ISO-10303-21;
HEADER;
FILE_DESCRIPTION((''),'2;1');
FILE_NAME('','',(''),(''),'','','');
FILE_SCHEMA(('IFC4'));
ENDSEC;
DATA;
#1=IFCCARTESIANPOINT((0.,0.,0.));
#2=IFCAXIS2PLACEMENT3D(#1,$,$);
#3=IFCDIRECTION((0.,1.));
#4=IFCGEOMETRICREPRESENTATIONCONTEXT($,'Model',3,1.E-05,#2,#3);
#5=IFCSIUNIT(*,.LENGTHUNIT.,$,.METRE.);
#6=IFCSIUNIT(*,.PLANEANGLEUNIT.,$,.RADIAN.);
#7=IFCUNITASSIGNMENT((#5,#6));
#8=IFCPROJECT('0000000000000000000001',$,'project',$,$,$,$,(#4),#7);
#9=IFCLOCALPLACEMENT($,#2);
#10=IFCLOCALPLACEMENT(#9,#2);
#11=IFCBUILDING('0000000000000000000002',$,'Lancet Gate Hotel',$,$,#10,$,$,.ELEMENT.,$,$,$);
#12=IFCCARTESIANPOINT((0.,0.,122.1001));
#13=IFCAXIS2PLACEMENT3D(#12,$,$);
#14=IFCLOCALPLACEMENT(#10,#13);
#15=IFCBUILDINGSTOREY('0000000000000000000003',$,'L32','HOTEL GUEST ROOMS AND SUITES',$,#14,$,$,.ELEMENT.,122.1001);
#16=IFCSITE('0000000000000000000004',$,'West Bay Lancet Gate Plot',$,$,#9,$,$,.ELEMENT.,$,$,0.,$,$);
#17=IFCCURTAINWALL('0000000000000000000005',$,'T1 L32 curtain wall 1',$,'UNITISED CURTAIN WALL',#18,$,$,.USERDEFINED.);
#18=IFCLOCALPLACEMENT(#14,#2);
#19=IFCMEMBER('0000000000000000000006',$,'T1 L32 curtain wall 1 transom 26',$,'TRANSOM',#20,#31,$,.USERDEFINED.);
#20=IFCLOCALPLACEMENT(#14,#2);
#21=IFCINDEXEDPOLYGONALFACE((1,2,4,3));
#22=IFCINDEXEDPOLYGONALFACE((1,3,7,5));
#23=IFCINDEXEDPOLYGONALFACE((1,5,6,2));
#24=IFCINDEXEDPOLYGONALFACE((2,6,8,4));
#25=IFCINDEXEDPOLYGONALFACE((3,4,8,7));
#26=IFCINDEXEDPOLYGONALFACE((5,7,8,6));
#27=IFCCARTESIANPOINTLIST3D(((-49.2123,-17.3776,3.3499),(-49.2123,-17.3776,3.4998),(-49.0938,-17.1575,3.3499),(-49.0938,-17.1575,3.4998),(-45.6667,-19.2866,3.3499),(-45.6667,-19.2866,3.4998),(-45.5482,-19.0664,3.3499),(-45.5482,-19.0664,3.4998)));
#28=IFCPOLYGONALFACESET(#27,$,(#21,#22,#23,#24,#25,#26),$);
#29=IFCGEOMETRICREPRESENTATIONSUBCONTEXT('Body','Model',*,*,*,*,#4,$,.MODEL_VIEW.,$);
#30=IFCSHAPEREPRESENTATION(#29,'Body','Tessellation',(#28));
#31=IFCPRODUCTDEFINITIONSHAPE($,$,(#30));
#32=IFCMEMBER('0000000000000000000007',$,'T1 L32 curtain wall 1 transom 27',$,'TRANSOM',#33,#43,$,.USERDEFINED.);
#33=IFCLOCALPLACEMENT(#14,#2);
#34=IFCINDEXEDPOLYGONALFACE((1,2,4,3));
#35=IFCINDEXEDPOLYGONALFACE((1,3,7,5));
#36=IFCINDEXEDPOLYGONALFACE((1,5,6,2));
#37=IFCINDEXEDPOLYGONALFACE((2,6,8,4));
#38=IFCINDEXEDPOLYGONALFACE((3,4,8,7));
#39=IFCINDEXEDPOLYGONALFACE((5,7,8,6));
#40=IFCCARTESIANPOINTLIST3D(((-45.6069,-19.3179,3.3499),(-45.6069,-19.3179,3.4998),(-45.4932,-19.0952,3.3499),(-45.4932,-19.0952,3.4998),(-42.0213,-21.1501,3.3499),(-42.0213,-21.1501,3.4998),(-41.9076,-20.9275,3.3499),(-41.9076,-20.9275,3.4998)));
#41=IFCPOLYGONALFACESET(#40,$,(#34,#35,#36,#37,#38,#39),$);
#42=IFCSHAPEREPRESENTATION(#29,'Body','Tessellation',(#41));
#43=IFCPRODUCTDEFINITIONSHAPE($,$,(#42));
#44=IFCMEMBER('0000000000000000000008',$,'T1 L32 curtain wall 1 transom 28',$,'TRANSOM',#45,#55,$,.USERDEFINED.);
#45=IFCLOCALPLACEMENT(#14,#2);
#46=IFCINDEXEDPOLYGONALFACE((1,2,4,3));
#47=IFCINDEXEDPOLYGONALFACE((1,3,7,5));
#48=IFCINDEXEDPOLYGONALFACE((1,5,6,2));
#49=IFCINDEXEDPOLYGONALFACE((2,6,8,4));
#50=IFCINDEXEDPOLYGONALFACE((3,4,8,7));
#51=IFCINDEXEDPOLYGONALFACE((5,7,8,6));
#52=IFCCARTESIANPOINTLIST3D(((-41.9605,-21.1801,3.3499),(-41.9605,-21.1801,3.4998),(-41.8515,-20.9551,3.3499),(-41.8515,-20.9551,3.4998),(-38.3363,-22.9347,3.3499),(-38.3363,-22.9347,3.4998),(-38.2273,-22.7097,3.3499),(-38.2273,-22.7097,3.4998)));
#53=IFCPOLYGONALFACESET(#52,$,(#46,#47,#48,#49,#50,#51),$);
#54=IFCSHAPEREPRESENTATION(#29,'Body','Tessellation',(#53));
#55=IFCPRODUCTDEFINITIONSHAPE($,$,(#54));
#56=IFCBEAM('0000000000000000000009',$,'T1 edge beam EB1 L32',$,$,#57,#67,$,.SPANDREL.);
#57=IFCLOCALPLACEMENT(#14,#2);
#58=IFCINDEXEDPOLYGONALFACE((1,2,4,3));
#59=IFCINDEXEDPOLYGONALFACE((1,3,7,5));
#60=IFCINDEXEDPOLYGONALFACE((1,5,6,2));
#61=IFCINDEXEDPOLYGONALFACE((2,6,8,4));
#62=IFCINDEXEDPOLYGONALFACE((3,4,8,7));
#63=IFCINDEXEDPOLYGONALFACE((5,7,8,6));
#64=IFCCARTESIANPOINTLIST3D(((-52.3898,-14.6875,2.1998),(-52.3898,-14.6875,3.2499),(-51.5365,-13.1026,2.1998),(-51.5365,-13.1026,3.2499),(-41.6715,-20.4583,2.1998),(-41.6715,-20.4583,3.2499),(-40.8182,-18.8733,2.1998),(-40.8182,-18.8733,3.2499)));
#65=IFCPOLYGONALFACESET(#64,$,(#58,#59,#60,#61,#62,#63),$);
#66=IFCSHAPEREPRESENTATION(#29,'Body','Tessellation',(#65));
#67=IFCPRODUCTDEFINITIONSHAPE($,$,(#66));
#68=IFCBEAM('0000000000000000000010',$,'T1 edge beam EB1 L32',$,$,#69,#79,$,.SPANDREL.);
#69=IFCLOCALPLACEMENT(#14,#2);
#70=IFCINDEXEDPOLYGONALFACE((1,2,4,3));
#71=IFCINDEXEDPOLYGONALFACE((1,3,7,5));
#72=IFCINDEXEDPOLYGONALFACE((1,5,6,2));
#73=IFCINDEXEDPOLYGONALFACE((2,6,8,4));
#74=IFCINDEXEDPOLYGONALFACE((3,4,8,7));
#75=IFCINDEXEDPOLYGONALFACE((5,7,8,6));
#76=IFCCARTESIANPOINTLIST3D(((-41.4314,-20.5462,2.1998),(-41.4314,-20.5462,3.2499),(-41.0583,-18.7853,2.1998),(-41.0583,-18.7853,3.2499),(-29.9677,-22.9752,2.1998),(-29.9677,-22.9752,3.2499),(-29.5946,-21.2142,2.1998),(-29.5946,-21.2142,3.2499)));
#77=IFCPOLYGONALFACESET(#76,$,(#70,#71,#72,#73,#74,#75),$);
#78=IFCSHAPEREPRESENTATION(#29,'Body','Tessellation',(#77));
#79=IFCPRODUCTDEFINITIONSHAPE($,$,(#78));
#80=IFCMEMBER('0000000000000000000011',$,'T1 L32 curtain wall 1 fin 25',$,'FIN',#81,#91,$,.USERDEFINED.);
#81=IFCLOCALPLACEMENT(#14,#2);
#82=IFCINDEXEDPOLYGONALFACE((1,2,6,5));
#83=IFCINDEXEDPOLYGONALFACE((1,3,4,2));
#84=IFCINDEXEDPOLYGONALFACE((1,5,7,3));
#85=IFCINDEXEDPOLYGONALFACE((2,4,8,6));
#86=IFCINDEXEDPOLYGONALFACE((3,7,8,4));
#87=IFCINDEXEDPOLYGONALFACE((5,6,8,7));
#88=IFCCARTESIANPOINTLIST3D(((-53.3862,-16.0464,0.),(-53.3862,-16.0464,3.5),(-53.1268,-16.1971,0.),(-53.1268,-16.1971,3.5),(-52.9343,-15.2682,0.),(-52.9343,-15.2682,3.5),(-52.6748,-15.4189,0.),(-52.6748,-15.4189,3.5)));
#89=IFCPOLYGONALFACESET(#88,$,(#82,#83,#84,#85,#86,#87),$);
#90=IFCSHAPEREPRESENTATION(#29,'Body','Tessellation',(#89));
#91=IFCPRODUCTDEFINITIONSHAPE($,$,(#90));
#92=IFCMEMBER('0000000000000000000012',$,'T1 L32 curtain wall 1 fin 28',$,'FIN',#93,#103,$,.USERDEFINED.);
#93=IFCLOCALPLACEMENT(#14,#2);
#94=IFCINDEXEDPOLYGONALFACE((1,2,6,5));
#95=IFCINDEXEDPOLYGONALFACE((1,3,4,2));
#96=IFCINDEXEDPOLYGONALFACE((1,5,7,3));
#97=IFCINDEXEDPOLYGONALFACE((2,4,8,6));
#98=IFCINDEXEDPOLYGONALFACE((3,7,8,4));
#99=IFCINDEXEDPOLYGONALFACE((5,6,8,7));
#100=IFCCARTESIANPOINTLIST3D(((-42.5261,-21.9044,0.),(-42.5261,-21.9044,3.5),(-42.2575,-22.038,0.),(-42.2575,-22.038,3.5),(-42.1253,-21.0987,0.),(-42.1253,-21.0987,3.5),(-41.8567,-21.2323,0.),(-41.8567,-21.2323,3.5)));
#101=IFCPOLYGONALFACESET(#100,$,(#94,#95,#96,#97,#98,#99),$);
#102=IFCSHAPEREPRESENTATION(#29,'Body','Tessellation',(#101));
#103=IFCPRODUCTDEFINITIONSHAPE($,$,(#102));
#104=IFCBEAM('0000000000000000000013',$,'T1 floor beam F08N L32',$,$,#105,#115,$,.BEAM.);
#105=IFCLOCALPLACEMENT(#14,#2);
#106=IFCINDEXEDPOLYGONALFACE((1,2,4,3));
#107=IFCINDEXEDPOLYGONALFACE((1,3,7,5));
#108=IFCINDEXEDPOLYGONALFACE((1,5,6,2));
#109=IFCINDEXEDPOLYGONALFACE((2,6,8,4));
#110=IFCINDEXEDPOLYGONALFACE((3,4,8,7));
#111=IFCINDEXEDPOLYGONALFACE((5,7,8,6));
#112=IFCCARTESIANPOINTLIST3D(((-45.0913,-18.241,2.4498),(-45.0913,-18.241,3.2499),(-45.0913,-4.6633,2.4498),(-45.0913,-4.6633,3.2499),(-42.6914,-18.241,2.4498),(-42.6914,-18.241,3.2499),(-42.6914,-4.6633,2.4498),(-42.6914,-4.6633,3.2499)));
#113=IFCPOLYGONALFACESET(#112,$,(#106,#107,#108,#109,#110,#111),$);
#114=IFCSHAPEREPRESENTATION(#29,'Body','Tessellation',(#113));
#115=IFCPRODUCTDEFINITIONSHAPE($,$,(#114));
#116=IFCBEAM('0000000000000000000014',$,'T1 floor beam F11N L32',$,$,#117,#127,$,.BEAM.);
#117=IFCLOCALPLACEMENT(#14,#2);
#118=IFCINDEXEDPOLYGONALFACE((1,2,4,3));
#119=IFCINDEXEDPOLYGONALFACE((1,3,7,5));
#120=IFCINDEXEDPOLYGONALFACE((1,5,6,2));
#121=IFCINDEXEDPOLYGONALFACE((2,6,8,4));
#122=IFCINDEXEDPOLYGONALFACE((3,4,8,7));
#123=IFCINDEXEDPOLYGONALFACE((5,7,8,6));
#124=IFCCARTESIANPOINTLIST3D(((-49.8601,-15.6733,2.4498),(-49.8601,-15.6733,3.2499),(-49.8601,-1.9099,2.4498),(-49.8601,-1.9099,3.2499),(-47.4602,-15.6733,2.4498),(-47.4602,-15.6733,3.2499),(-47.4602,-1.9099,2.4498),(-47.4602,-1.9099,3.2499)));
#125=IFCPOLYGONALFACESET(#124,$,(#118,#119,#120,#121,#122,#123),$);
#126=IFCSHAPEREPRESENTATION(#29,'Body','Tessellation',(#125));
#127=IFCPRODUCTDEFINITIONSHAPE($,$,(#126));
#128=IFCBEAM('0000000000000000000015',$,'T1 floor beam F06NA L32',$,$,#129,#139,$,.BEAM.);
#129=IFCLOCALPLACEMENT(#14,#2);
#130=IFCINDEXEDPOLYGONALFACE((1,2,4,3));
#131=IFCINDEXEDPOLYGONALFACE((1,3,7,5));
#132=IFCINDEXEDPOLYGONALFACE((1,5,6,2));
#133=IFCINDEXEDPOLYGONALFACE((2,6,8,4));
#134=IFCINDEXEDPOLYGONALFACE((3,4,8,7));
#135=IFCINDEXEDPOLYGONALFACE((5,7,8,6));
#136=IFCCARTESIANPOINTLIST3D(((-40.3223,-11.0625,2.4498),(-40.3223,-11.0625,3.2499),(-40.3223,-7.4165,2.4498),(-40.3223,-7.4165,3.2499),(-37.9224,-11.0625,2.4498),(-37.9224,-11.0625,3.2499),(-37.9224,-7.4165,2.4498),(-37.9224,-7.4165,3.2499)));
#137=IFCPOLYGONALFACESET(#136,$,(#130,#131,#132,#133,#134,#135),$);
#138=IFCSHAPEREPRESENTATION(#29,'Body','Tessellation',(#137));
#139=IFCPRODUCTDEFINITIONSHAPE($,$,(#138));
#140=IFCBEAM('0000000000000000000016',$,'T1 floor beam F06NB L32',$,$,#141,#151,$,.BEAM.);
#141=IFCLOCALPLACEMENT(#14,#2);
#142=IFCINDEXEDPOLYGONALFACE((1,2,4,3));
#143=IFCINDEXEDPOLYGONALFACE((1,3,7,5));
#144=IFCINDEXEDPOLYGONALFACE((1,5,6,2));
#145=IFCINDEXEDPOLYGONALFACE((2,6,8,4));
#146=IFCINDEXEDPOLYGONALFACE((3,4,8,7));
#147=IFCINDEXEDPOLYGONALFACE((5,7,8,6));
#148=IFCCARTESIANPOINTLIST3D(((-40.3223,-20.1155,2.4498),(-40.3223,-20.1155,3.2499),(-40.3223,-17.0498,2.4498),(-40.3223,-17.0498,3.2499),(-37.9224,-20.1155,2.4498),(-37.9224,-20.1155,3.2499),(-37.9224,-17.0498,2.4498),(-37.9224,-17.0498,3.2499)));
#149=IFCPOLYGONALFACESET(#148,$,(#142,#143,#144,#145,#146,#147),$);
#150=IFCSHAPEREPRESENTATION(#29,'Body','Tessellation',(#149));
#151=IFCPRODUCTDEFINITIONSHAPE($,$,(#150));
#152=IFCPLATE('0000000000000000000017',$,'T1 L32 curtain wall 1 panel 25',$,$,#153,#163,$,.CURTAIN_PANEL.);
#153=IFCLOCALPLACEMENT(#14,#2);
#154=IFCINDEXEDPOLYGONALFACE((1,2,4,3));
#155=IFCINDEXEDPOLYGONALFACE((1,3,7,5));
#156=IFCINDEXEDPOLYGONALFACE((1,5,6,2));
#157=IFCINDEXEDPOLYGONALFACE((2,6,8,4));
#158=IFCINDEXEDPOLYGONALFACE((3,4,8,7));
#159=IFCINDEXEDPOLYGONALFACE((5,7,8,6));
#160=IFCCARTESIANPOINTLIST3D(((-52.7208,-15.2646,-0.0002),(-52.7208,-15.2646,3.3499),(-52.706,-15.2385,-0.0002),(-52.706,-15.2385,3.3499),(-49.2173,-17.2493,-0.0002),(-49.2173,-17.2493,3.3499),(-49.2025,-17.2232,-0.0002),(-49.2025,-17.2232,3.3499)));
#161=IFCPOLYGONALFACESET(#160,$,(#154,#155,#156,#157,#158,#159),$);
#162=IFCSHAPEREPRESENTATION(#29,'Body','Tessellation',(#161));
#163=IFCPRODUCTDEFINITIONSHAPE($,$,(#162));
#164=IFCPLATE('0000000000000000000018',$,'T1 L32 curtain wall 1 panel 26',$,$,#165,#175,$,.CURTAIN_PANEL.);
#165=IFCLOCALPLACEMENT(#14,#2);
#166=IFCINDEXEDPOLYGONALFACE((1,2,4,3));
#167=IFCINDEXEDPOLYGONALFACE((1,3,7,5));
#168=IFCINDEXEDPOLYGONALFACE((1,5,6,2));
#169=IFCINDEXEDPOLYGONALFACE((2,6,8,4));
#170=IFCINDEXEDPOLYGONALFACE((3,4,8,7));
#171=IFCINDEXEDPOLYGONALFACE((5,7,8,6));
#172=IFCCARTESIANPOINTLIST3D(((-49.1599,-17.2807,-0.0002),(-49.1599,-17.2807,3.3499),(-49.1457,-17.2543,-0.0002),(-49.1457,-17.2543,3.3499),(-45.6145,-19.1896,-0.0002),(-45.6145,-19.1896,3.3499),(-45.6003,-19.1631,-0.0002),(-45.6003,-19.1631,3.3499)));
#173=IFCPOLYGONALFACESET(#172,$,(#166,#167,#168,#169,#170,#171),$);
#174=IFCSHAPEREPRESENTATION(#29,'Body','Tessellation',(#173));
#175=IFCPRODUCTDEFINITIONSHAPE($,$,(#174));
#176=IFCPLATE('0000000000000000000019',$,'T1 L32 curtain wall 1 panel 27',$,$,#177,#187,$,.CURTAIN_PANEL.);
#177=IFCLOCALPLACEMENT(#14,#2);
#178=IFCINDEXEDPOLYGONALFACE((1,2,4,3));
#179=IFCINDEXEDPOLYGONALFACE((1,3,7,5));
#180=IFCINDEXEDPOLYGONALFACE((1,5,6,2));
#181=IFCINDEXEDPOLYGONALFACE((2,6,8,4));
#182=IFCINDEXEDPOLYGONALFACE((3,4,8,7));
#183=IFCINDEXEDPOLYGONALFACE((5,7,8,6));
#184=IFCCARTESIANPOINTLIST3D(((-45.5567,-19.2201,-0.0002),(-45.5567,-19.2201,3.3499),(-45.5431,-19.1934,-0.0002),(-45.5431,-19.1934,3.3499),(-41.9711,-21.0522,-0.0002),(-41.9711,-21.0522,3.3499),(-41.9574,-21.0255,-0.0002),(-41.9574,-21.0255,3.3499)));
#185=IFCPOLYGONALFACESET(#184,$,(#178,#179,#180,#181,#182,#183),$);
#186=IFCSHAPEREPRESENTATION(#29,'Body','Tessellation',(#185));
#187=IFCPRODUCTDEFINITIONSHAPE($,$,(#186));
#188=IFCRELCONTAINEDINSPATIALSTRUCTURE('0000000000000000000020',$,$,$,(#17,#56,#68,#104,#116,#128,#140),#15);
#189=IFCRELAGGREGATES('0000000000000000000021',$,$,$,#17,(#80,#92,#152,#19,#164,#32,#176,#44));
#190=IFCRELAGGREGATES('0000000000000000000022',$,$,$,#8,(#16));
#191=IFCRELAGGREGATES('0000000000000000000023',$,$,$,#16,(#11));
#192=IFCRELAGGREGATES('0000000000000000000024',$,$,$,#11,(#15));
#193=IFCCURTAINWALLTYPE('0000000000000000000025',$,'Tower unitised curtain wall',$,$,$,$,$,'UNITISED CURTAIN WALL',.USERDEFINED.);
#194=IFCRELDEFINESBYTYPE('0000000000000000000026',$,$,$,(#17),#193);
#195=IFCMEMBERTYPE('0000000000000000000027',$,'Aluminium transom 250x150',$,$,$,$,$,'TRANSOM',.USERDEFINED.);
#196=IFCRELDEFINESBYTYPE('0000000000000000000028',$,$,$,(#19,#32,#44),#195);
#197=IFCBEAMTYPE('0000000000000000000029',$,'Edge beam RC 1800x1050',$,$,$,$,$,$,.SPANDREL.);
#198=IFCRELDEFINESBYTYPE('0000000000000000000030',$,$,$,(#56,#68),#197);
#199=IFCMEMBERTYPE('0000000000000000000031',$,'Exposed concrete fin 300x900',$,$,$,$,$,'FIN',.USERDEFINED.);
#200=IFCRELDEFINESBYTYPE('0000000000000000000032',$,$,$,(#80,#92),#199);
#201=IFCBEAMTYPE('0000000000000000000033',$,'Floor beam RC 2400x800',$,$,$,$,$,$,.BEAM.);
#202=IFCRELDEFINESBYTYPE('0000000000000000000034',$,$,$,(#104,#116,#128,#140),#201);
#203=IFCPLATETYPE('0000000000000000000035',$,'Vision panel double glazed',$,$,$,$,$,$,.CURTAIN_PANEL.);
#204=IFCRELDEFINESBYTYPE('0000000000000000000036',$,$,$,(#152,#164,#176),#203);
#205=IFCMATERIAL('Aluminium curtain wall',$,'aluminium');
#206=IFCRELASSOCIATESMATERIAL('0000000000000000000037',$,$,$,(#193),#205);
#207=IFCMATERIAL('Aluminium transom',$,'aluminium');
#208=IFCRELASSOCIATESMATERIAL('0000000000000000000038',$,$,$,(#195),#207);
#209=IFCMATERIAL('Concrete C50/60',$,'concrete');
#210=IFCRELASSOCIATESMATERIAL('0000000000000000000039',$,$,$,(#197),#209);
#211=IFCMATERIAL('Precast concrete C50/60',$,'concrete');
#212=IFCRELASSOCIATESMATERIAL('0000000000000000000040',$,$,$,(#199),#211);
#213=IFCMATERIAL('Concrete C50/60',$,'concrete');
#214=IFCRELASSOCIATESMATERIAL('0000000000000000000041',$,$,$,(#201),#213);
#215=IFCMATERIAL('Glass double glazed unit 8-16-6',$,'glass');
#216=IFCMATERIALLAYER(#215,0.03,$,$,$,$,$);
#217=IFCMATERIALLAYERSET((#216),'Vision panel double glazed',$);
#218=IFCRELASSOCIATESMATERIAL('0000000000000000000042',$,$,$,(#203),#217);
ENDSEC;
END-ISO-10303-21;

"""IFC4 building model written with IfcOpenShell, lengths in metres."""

from ifc_helpers import new_model, si_unit, direction, frame, origin, origin_2d, place, context, subcontext, project, spatial, rectangle, extrude, material, layer, layer_set, material_profile, profile_set, type_object, element, aggregate, save


model = new_model("IFC4")

# Units and contexts
model_context = context("Model", 3, precision=1e-05, world=origin(), true_north=direction((0.0, 1.0)))
body_context = subcontext(model_context, "Body", "Model", "MODEL_VIEW")
ifc_project = project(units=[si_unit("LENGTHUNIT", "METRE"), si_unit("PLANEANGLEUNIT", "RADIAN")], contexts=[model_context])

# Site, building, storey
site_placement = place(None, origin())
site = spatial("IfcSite", under=ifc_project, at=site_placement, Name="West Bay Lancet Gate Plot", CompositionType="ELEMENT", RefElevation=0.0)
building_placement = place(site_placement, origin())
building = spatial("IfcBuilding", under=site, at=building_placement, Name="Lancet Gate Hotel", CompositionType="ELEMENT")
storey_placement = place(building_placement, frame((0.0, 0.0, 122.1001)))
storey = spatial("IfcBuildingStorey", under=building, at=storey_placement, Name="L32", Description="HOTEL GUEST ROOMS AND SUITES", CompositionType="ELEMENT", Elevation=122.1001)

# Curtain wall, members
ifc_material_1 = material(Name="Aluminium curtain wall", Category="aluminium")
curtain_wall_type = type_object("IfcCurtainWallType", Name="Tower unitised curtain wall", ElementType="UNITISED CURTAIN WALL", PredefinedType="USERDEFINED", material=ifc_material_1)
curtain_wall_placement = place(storey_placement, origin())
curtain_wall = element("IfcCurtainWall", 1, at=curtain_wall_placement, inside=storey, type_object=curtain_wall_type, Name="T1 L32 curtain wall 1", ObjectType="UNITISED CURTAIN WALL", PredefinedType="USERDEFINED")
ifc_material_2 = material(Name="Aluminium transom", Category="aluminium")
ifc_material_profile_1 = material_profile(ifc_material_2, rectangle(XDim=0.25, YDim=0.1499, at=origin_2d()), Name="TRANSOM 250x150")
ifc_profile_set_1 = profile_set([ifc_material_profile_1], Name="Aluminium transom")
member_type_1 = type_object("IfcMemberType", Name="Aluminium transom 250x150", ElementType="TRANSOM", PredefinedType="USERDEFINED", material=ifc_profile_set_1)
member_1_placement = place(storey_placement, frame((-49.1531, -17.2676, 3.4248), z_axis=(0.880498, -0.474049, 0.0), x_axis=(0.474049, 0.880498, 0.0)))
member_1 = element("IfcMember", 2, at=member_1_placement, type_object=member_type_1, Name="T1 L32 curtain wall 1 transom 26", ObjectType="TRANSOM", PredefinedType="USERDEFINED", context=body_context, shape_type="SweptSolid", body=[
    extrude(rectangle(XDim=0.25, YDim=0.1499, at=origin_2d()), origin(), (0.0, 0.0, 1.0), 4.0269),
])
member_2_placement = place(storey_placement, frame((-45.55, -19.2065, 3.4248), z_axis=(0.890476, -0.45503, 0.0), x_axis=(0.45503, 0.890476, 0.0)))
member_2 = element("IfcMember", 3, at=member_2_placement, type_object=member_type_1, Name="T1 L32 curtain wall 1 transom 27", ObjectType="TRANSOM", PredefinedType="USERDEFINED", context=body_context, shape_type="SweptSolid", body=[
    extrude(rectangle(XDim=0.25, YDim=0.1499, at=origin_2d()), origin(), (0.0, 0.0, 1.0), 4.0266),
])
member_3_placement = place(storey_placement, frame((-41.906, -21.0676, 3.4248), z_axis=(0.900066, -0.435754, 0.0), x_axis=(0.435754, 0.900066, 0.0)))
member_3 = element("IfcMember", 4, at=member_3_placement, type_object=member_type_1, Name="T1 L32 curtain wall 1 transom 28", ObjectType="TRANSOM", PredefinedType="USERDEFINED", context=body_context, shape_type="SweptSolid", body=[
    extrude(rectangle(XDim=0.25, YDim=0.1499, at=origin_2d()), origin(), (0.0, 0.0, 1.0), 4.0266),
])

# Beams
ifc_material_3 = material(Name="Concrete C50/60", Category="concrete")
ifc_material_profile_2 = material_profile(ifc_material_3, rectangle(XDim=1.8, YDim=1.05, at=origin_2d()), Name="RC 1800x1050")
ifc_profile_set_2 = profile_set([ifc_material_profile_2], Name="Concrete C50/60")
beam_type_1 = type_object("IfcBeamType", Name="Edge beam RC 1800x1050", PredefinedType="SPANDREL", material=ifc_profile_set_2)
beam_1_placement = place(storey_placement, frame((-51.9631, -13.895, 2.7249), z_axis=(0.880492, -0.47406, 0.0), x_axis=(0.47406, 0.880492, 0.0)))
element("IfcBeam", 5, at=beam_1_placement, inside=storey, type_object=beam_type_1, Name="T1 edge beam EB1 L32", PredefinedType="SPANDREL", context=body_context, shape_type="SweptSolid", body=[
    extrude(rectangle(XDim=1.8, YDim=1.05, at=origin_2d()), origin(), (0.0, 0.0, 1.0), 12.1731),
])
beam_2_placement = place(storey_placement, frame((-41.2449, -19.6658, 2.7249), z_axis=(0.978282, -0.207278, 0.0), x_axis=(0.207278, 0.978282, 0.0)))
element("IfcBeam", 6, at=beam_2_placement, inside=storey, type_object=beam_type_1, Name="T1 edge beam EB1 L32", PredefinedType="SPANDREL", context=body_context, shape_type="SweptSolid", body=[
    extrude(rectangle(XDim=1.8, YDim=1.05, at=origin_2d()), origin(), (0.0, 0.0, 1.0), 11.7183),
])

# Members
ifc_material_4 = material(Name="Precast concrete C50/60", Category="concrete")
ifc_material_profile_3 = material_profile(ifc_material_4, rectangle(XDim=0.3, YDim=0.8999, at=origin_2d()), Name="FIN 300x900")
ifc_profile_set_3 = profile_set([ifc_material_profile_3], Name="Precast concrete C50/60")
member_type_2 = type_object("IfcMemberType", Name="Exposed concrete fin 300x900", ElementType="FIN", PredefinedType="USERDEFINED", material=ifc_profile_set_3)
member_4_placement = place(storey_placement, frame((-53.0305, -15.7327, 0.0), z_axis=(0.0, 0.0, 1.0), x_axis=(0.864728, -0.502241, 0.0)))
member_4 = element("IfcMember", 7, at=member_4_placement, type_object=member_type_2, Name="T1 L32 curtain wall 1 fin 25", ObjectType="FIN", PredefinedType="USERDEFINED", context=body_context, shape_type="SweptSolid", body=[
    extrude(rectangle(XDim=0.3, YDim=0.8999, at=origin_2d()), origin(), (0.0, 0.0, 1.0), 3.5),
])
member_5_placement = place(storey_placement, frame((-42.1914, -21.5684, 0.0), z_axis=(0.0, 0.0, 1.0), x_axis=(0.895339, -0.445384, 0.0)))
member_5 = element("IfcMember", 8, at=member_5_placement, type_object=member_type_2, Name="T1 L32 curtain wall 1 fin 28", ObjectType="FIN", PredefinedType="USERDEFINED", context=body_context, shape_type="SweptSolid", body=[
    extrude(rectangle(XDim=0.3, YDim=0.8999, at=origin_2d()), origin(), (0.0, 0.0, 1.0), 3.5),
])

# Beams
ifc_material_5 = material(Name="Concrete C50/60", Category="concrete")
ifc_material_profile_4 = material_profile(ifc_material_5, rectangle(XDim=2.3999, YDim=0.8, at=origin_2d()), Name="RC 2400x800")
ifc_profile_set_4 = profile_set([ifc_material_profile_4], Name="Concrete C50/60")
beam_type_2 = type_object("IfcBeamType", Name="Floor beam RC 2400x800", PredefinedType="BEAM", material=ifc_profile_set_4)
beam_3_placement = place(storey_placement, frame((-43.8914, -4.6633, 2.8499), z_axis=(0.0, -1.0, 0.0), x_axis=(1.0, 0.0, 0.0)))
element("IfcBeam", 9, at=beam_3_placement, inside=storey, type_object=beam_type_2, Name="T1 floor beam F08N L32", PredefinedType="BEAM", context=body_context, shape_type="SweptSolid", body=[
    extrude(rectangle(XDim=2.3999, YDim=0.8, at=origin_2d()), origin(), (0.0, 0.0, 1.0), 13.5776),
])
beam_4_placement = place(storey_placement, frame((-48.6602, -1.9099, 2.8499), z_axis=(0.0, -1.0, 0.0), x_axis=(1.0, 0.0, 0.0)))
element("IfcBeam", 10, at=beam_4_placement, inside=storey, type_object=beam_type_2, Name="T1 floor beam F11N L32", PredefinedType="BEAM", context=body_context, shape_type="SweptSolid", body=[
    extrude(rectangle(XDim=2.3999, YDim=0.8, at=origin_2d()), origin(), (0.0, 0.0, 1.0), 13.7634),
])
beam_5_placement = place(storey_placement, frame((-39.1223, -7.4165, 2.8499), z_axis=(0.0, -1.0, 0.0), x_axis=(1.0, 0.0, 0.0)))
element("IfcBeam", 11, at=beam_5_placement, inside=storey, type_object=beam_type_2, Name="T1 floor beam F06NA L32", PredefinedType="BEAM", context=body_context, shape_type="SweptSolid", body=[
    extrude(rectangle(XDim=2.3999, YDim=0.8, at=origin_2d()), origin(), (0.0, 0.0, 1.0), 3.646),
])
beam_6_placement = place(storey_placement, frame((-39.1223, -17.0498, 2.8499), z_axis=(0.0, -1.0, 0.0), x_axis=(1.0, 0.0, 0.0)))
element("IfcBeam", 12, at=beam_6_placement, inside=storey, type_object=beam_type_2, Name="T1 floor beam F06NB L32", PredefinedType="BEAM", context=body_context, shape_type="SweptSolid", body=[
    extrude(rectangle(XDim=2.3999, YDim=0.8, at=origin_2d()), origin(), (0.0, 0.0, 1.0), 3.0657),
])

# Plates
ifc_material_6 = material(Name="Glass double glazed unit 8-16-6", Category="glass")
ifc_layer_1 = layer(ifc_material_6, 0.03)
ifc_layer_set_1 = layer_set([ifc_layer_1], Name="Vision panel double glazed")
plate_type = type_object("IfcPlateType", Name="Vision panel double glazed", PredefinedType="CURTAIN_PANEL", material=ifc_layer_set_1)
plate_1_placement = place(storey_placement, frame((-50.9617, -16.2439, -0.0002), z_axis=(0.0, 0.0, 1.0), x_axis=(0.870084, -0.492904, 0.0)))
plate_1 = element("IfcPlate", 13, at=plate_1_placement, type_object=plate_type, Name="T1 L32 curtain wall 1 panel 25", PredefinedType="CURTAIN_PANEL", context=body_context, shape_type="SweptSolid", body=[
    extrude(rectangle(XDim=4.0266, YDim=0.03, at=origin_2d()), origin(), (0.0, 0.0, 1.0), 3.3501),
])
plate_2_placement = place(storey_placement, frame((-47.3801, -18.2219, -0.0002), z_axis=(0.0, 0.0, 1.0), x_axis=(0.880493, -0.47406, 0.0)))
plate_2 = element("IfcPlate", 14, at=plate_2_placement, type_object=plate_type, Name="T1 L32 curtain wall 1 panel 26", PredefinedType="CURTAIN_PANEL", context=body_context, shape_type="SweptSolid", body=[
    extrude(rectangle(XDim=4.0266, YDim=0.03, at=origin_2d()), origin(), (0.0, 0.0, 1.0), 3.3501),
])
plate_3_placement = place(storey_placement, frame((-43.7571, -20.1228, -0.0002), z_axis=(0.0, 0.0, 1.0), x_axis=(0.890493, -0.454996, 0.0)))
plate_3 = element("IfcPlate", 15, at=plate_3_placement, type_object=plate_type, Name="T1 L32 curtain wall 1 panel 27", PredefinedType="CURTAIN_PANEL", context=body_context, shape_type="SweptSolid", body=[
    extrude(rectangle(XDim=4.0266, YDim=0.03, at=origin_2d()), origin(), (0.0, 0.0, 1.0), 3.3501),
])
aggregate(curtain_wall, [member_4, member_5, plate_1, member_1, plate_2, member_2, plate_3, member_3])

save(model, "model.ifc")
